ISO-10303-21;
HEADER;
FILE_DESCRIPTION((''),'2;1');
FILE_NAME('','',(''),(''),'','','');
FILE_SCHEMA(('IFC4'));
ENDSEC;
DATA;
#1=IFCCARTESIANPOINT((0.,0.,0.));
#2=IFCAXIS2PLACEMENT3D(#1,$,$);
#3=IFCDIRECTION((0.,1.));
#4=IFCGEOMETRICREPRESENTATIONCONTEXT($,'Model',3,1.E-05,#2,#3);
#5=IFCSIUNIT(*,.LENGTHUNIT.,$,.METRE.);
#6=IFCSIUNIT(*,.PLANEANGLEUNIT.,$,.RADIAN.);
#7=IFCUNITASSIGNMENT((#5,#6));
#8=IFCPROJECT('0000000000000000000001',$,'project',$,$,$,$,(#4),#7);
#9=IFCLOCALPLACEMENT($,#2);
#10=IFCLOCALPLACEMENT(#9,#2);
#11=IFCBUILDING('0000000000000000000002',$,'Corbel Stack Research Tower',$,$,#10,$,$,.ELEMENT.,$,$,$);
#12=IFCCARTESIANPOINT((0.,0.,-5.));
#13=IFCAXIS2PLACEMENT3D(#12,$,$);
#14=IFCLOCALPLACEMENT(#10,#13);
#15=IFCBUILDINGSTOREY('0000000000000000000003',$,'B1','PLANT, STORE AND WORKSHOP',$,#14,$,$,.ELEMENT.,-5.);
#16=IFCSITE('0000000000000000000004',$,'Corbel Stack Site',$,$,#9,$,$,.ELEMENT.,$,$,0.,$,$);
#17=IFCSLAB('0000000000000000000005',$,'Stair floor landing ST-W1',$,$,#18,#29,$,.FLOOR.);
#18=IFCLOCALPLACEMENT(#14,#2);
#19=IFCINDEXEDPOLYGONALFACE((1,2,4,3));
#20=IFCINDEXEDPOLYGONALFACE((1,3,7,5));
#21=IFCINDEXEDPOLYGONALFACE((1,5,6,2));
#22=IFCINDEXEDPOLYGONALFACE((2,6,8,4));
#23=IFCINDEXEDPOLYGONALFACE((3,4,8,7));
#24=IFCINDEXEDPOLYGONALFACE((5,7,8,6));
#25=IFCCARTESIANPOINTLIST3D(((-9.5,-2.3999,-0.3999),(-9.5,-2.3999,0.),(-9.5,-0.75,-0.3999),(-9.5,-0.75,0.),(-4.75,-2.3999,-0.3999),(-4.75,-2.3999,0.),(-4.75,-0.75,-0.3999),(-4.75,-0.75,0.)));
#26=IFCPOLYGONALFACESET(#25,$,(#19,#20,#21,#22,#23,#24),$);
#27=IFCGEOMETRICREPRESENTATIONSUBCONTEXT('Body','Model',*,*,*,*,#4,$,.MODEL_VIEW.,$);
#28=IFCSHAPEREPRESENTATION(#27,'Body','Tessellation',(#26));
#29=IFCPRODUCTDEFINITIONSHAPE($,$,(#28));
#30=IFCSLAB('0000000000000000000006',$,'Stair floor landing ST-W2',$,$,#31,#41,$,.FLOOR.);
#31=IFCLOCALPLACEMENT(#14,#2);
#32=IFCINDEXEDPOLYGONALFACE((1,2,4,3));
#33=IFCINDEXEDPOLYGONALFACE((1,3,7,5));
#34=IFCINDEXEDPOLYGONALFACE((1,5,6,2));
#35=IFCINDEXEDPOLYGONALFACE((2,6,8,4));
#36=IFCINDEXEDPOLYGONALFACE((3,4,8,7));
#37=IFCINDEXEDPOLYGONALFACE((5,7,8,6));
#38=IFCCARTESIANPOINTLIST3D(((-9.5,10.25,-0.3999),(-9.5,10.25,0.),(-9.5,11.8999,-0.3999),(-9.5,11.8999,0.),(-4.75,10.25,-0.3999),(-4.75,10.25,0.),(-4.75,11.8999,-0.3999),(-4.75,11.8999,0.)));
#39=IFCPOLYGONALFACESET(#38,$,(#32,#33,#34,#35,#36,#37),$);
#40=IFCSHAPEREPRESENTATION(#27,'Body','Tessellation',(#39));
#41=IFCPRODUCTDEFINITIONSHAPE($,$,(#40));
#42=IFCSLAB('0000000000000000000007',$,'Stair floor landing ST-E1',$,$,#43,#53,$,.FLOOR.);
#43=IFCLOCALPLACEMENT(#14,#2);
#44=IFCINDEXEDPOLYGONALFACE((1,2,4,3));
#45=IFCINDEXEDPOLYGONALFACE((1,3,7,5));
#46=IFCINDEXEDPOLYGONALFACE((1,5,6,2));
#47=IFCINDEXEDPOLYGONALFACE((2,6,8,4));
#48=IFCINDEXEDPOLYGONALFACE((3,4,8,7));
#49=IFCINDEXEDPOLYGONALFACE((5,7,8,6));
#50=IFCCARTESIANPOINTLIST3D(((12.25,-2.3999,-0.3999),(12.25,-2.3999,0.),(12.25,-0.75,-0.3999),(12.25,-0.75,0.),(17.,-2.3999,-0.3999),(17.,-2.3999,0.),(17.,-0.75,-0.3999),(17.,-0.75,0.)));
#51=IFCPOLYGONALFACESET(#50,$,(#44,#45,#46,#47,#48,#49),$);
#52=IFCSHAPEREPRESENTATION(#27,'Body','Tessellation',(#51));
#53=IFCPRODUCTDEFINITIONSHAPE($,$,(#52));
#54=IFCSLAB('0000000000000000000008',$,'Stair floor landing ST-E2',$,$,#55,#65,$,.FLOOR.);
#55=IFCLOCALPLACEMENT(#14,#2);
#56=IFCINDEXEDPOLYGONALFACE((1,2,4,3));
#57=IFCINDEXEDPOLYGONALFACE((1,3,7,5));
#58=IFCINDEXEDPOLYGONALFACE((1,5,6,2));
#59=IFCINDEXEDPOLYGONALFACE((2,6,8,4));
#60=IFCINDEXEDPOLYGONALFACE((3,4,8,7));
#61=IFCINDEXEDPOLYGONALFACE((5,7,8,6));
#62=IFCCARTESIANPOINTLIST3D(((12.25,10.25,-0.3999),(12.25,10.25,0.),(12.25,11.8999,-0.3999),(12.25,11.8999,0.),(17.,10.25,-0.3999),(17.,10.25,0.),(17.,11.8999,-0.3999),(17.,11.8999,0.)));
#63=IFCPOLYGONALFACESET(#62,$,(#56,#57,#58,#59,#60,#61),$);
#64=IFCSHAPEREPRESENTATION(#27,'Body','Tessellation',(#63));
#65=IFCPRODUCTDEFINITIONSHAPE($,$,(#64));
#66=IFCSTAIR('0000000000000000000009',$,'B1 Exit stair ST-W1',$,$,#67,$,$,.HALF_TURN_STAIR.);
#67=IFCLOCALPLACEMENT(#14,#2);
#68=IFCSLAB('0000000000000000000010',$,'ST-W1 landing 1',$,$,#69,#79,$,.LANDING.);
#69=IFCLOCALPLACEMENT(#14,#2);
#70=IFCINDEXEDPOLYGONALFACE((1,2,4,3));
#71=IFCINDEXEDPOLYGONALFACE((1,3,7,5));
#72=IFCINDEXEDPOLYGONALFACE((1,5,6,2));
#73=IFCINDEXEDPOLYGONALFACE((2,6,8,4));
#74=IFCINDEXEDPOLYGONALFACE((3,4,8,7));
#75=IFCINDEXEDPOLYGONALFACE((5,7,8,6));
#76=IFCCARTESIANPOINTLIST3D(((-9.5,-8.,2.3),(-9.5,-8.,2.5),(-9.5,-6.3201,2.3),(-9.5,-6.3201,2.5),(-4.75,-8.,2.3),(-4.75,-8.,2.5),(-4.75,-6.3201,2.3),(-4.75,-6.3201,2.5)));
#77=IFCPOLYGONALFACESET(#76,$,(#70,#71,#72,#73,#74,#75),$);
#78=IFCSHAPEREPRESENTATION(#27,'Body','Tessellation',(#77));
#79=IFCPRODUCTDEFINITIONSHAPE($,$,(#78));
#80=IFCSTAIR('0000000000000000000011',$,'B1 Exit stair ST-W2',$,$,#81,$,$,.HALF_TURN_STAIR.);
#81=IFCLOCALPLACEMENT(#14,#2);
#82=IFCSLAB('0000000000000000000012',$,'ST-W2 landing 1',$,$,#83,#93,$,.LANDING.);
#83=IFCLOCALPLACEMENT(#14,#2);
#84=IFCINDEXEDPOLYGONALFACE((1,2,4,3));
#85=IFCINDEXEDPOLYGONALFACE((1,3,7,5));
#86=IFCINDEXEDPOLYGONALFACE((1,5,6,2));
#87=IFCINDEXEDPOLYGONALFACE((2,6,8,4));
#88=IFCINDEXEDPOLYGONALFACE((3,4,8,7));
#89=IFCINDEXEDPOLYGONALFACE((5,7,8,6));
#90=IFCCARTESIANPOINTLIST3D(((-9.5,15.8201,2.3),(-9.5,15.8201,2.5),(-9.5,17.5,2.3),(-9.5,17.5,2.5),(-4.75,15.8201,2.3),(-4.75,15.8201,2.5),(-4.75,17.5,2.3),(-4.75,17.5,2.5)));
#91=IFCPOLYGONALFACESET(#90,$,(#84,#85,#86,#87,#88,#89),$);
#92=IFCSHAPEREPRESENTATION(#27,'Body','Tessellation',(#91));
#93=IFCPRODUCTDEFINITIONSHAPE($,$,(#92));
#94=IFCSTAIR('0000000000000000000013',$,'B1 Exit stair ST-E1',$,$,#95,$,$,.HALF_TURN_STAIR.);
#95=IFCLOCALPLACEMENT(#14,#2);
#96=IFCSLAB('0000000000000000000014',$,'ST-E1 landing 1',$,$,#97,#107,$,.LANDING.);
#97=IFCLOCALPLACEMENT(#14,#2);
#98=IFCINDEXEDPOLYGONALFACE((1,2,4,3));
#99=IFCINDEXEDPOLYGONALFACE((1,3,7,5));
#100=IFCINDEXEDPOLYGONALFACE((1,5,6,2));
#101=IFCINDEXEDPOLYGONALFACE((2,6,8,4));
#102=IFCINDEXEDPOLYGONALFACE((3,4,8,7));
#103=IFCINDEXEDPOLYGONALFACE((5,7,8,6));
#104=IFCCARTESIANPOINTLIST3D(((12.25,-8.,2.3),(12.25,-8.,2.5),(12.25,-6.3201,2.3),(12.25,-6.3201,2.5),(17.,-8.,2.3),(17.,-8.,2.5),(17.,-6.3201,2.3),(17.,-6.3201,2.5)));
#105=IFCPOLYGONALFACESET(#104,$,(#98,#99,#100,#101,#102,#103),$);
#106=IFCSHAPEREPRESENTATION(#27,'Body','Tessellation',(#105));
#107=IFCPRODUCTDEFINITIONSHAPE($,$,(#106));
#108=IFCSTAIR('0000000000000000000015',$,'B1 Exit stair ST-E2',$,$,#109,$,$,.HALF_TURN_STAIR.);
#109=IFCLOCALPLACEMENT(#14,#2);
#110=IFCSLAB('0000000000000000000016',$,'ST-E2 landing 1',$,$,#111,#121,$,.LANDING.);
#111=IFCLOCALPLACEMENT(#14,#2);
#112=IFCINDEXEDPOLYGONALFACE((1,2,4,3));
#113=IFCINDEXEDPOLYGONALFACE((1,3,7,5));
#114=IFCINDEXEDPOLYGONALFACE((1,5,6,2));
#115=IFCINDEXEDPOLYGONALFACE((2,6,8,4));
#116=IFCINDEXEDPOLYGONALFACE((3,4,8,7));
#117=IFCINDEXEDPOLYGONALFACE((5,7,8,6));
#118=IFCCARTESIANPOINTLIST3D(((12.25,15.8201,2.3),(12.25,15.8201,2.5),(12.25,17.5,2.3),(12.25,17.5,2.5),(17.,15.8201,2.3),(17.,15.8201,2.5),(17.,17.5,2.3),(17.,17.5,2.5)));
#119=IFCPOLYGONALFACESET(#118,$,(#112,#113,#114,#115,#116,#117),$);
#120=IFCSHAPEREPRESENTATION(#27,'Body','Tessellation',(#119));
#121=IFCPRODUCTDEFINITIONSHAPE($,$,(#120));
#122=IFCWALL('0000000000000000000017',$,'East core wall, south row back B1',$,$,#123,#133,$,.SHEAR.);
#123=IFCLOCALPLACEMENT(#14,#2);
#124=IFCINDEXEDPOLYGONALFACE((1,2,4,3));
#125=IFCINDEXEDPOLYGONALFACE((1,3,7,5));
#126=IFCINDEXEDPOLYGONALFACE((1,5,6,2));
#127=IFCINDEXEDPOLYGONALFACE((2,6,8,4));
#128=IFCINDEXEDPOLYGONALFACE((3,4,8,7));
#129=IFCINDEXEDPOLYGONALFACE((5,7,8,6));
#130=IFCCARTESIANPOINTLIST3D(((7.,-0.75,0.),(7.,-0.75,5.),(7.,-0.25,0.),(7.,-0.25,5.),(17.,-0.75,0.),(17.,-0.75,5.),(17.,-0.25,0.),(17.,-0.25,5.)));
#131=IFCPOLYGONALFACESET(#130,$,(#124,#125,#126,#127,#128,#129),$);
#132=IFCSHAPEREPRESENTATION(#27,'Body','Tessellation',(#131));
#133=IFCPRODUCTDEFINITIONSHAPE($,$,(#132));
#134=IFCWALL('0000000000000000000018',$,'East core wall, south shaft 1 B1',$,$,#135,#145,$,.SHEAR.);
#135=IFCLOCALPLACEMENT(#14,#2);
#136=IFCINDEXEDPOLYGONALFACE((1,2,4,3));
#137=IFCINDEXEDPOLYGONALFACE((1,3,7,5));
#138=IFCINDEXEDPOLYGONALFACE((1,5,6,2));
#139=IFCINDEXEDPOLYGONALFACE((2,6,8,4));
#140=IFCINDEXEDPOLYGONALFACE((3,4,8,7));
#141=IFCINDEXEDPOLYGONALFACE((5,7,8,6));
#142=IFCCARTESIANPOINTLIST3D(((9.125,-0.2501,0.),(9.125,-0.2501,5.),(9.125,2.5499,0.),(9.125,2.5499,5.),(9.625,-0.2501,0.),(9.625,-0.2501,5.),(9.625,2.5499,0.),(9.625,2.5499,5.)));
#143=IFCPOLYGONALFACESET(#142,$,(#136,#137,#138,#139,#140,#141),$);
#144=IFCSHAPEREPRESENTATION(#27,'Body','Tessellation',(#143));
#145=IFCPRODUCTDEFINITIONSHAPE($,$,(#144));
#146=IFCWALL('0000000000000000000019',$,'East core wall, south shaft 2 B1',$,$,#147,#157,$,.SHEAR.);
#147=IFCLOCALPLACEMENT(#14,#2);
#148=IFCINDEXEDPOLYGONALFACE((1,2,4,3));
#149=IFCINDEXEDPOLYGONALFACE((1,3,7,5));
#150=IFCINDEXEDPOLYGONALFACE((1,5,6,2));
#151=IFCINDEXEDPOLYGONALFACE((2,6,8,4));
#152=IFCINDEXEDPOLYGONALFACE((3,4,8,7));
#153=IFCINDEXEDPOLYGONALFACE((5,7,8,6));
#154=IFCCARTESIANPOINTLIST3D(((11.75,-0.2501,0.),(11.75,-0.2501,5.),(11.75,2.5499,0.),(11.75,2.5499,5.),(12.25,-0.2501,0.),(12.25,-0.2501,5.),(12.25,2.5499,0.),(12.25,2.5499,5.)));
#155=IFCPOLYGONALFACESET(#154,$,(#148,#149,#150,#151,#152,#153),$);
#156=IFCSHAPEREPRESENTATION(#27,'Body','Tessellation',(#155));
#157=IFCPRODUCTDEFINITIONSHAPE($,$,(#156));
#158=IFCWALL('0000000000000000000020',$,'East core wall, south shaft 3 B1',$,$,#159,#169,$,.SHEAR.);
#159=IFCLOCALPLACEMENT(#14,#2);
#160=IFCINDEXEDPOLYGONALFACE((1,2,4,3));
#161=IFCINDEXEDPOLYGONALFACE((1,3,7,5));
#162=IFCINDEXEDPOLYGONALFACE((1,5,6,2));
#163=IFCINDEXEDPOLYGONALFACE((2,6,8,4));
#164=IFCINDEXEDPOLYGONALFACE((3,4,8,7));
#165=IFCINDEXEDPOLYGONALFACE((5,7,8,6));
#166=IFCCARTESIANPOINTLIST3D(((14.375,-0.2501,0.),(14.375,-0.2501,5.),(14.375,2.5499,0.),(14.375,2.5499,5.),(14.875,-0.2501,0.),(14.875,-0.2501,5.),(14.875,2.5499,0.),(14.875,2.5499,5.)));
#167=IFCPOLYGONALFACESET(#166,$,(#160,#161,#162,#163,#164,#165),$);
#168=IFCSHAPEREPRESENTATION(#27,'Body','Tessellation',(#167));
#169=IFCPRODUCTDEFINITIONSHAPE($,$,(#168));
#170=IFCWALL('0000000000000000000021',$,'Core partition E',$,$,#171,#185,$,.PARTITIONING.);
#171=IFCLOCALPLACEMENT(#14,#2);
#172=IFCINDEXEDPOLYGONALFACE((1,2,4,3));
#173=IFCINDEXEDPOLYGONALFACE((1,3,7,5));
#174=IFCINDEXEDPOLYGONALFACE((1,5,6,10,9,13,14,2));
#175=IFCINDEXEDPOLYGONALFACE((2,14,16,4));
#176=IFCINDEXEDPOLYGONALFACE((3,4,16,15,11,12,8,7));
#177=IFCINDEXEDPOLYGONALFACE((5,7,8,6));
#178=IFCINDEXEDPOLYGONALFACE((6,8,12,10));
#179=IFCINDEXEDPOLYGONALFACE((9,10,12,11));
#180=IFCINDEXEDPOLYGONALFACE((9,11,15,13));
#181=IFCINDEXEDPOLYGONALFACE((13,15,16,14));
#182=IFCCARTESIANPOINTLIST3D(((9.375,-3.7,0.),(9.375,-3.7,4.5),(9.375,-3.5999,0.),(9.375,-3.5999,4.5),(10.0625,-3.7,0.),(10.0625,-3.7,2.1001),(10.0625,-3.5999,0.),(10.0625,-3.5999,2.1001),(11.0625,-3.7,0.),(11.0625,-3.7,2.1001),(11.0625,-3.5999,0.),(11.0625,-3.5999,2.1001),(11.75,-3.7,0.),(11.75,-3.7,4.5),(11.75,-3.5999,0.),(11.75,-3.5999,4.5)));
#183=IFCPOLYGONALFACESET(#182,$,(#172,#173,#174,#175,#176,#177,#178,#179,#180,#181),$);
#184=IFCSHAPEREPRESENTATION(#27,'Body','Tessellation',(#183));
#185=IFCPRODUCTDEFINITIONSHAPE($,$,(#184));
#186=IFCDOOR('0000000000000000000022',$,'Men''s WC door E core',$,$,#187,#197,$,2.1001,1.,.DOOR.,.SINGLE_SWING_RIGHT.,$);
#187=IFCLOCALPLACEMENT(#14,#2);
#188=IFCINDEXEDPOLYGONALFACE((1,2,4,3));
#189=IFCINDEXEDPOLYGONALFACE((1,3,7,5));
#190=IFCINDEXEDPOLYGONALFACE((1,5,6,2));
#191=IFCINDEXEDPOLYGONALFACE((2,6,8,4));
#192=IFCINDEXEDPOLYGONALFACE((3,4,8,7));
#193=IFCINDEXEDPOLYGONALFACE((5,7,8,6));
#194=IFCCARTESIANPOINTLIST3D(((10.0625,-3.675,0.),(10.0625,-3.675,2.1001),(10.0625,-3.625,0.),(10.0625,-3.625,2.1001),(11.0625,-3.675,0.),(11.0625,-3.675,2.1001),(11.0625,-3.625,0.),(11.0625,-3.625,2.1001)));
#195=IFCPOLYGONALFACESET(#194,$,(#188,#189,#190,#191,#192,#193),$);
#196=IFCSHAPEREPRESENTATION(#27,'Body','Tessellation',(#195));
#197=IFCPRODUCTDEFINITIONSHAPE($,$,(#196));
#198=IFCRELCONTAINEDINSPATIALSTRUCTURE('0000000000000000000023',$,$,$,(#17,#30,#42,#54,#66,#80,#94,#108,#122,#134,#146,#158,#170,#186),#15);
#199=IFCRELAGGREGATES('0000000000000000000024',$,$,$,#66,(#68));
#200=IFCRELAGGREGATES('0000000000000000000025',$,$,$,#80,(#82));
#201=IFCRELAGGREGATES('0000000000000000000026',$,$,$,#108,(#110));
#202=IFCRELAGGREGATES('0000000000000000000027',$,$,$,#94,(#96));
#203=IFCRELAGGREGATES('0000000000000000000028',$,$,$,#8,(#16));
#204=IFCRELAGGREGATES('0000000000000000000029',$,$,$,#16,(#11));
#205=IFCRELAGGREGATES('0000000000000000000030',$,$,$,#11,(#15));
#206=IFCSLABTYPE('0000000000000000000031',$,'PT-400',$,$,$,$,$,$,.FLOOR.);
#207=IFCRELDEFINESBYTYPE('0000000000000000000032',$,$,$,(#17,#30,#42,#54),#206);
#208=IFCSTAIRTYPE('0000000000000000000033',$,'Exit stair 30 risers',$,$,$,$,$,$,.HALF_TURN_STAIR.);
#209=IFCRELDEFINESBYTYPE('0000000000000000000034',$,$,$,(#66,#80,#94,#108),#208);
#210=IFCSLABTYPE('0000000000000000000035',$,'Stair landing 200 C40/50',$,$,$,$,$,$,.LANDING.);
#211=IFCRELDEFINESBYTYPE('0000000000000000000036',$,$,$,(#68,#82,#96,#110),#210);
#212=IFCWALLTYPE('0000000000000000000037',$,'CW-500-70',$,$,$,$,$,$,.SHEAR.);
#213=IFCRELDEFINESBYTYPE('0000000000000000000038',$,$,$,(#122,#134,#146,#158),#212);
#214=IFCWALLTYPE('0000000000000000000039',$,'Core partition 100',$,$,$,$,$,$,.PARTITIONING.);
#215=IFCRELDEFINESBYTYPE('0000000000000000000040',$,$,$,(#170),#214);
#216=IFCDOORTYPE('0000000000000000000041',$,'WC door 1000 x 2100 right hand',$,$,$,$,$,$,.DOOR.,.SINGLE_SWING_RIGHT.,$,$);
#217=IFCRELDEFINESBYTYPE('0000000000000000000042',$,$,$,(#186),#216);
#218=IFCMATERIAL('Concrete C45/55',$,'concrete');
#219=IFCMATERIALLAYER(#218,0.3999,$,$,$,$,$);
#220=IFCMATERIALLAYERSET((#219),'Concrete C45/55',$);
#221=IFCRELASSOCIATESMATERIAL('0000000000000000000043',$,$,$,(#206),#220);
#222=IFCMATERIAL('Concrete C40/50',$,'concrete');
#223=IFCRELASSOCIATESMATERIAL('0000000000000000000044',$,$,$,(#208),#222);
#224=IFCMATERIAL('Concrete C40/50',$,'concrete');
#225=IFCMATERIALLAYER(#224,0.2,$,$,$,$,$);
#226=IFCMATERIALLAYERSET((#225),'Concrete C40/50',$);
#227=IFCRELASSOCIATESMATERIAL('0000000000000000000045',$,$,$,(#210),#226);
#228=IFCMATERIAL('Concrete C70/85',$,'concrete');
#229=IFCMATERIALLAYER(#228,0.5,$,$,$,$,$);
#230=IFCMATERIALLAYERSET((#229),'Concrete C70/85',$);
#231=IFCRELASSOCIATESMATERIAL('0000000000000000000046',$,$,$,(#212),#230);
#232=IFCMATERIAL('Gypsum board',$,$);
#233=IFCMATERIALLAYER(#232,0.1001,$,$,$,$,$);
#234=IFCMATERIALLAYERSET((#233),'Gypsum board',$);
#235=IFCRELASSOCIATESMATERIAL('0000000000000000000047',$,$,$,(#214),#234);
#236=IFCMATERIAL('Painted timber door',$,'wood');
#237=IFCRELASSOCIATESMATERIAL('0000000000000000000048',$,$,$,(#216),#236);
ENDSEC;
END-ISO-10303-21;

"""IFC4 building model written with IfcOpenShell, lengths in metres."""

from ifc_helpers import new_model, si_unit, direction, frame, frame_2d, origin, place, context, subcontext, project, spatial, polyline, rectangle, outline, extrude, material, layer, layer_set, type_object, element, fill, aggregate, save


model = new_model("IFC4")

# Units and contexts
model_context = context("Model", 3, precision=1e-05, world=origin(), true_north=direction((0.0, 1.0)))
body_context = subcontext(model_context, "Body", "Model", "MODEL_VIEW")
ifc_project = project(units=[si_unit("LENGTHUNIT", "METRE"), si_unit("PLANEANGLEUNIT", "RADIAN")], contexts=[model_context])

# Site, building, storey
site_placement = place(None, origin())
site = spatial("IfcSite", under=ifc_project, at=site_placement, Name="Corbel Stack Site", CompositionType="ELEMENT", RefElevation=0.0)
building_placement = place(site_placement, origin())
building = spatial("IfcBuilding", under=site, at=building_placement, Name="Corbel Stack Research Tower", CompositionType="ELEMENT")
storey_placement = place(building_placement, frame((0.0, 0.0, -5.0)))
storey = spatial("IfcBuildingStorey", under=building, at=storey_placement, Name="B1", Description="PLANT, STORE AND WORKSHOP", CompositionType="ELEMENT", Elevation=-5.0)

# Slabs
ifc_material_1 = material(Name="Concrete C45/55", Category="concrete")
ifc_layer_1 = layer(ifc_material_1, 0.3999)
ifc_layer_set_1 = layer_set([ifc_layer_1], Name="Concrete C45/55")
slab_type_1 = type_object("IfcSlabType", Name="PT-400", PredefinedType="FLOOR", material=ifc_layer_set_1)
slab_1_placement = place(storey_placement, frame((0.0, 0.0, -0.3999)))
element("IfcSlab", 1, at=slab_1_placement, inside=storey, type_object=slab_type_1, Name="Stair floor landing ST-W1", PredefinedType="FLOOR", context=body_context, shape_type="SweptSolid", body=[
    extrude(outline(polyline([(-9.5, -2.3999), (-4.75, -2.3999), (-4.75, -0.75), (-9.5, -0.75), (-9.5, -2.3999)])), origin(), (0.0, 0.0, 1.0), 0.3999),
])
slab_2_placement = place(storey_placement, frame((0.0, 0.0, -0.3999)))
element("IfcSlab", 2, at=slab_2_placement, inside=storey, type_object=slab_type_1, Name="Stair floor landing ST-W2", PredefinedType="FLOOR", context=body_context, shape_type="SweptSolid", body=[
    extrude(outline(polyline([(-9.5, 10.25), (-4.75, 10.25), (-4.75, 11.8999), (-9.5, 11.8999), (-9.5, 10.25)])), origin(), (0.0, 0.0, 1.0), 0.3999),
])
slab_3_placement = place(storey_placement, frame((0.0, 0.0, -0.3999)))
element("IfcSlab", 3, at=slab_3_placement, inside=storey, type_object=slab_type_1, Name="Stair floor landing ST-E1", PredefinedType="FLOOR", context=body_context, shape_type="SweptSolid", body=[
    extrude(outline(polyline([(12.25, -2.3999), (17.0, -2.3999), (17.0, -0.75), (12.25, -0.75), (12.25, -2.3999)])), origin(), (0.0, 0.0, 1.0), 0.3999),
])
slab_4_placement = place(storey_placement, frame((0.0, 0.0, -0.3999)))
element("IfcSlab", 4, at=slab_4_placement, inside=storey, type_object=slab_type_1, Name="Stair floor landing ST-E2", PredefinedType="FLOOR", context=body_context, shape_type="SweptSolid", body=[
    extrude(outline(polyline([(12.25, 10.25), (17.0, 10.25), (17.0, 11.8999), (12.25, 11.8999), (12.25, 10.25)])), origin(), (0.0, 0.0, 1.0), 0.3999),
])

# Stairs, slabs
ifc_material_2 = material(Name="Concrete C40/50", Category="concrete")
stair_type = type_object("IfcStairType", Name="Exit stair 30 risers", PredefinedType="HALF_TURN_STAIR", material=ifc_material_2)
stair_1_placement = place(storey_placement, origin())
stair_1 = element("IfcStair", 5, at=stair_1_placement, inside=storey, type_object=stair_type, Name="B1 Exit stair ST-W1", PredefinedType="HALF_TURN_STAIR")
ifc_material_3 = material(Name="Concrete C40/50", Category="concrete")
ifc_layer_2 = layer(ifc_material_3, 0.2)
ifc_layer_set_2 = layer_set([ifc_layer_2], Name="Concrete C40/50")
slab_type_2 = type_object("IfcSlabType", Name="Stair landing 200 C40/50", PredefinedType="LANDING", material=ifc_layer_set_2)
slab_5_placement = place(storey_placement, frame((0.0, 0.0, 2.3)))
slab_5 = element("IfcSlab", 6, at=slab_5_placement, type_object=slab_type_2, Name="ST-W1 landing 1", PredefinedType="LANDING", context=body_context, shape_type="SweptSolid", body=[
    extrude(outline(polyline([(-9.5, -8.0), (-9.5, -6.3201), (-4.75, -6.3201), (-4.75, -8.0), (-9.5, -8.0)])), origin(), (0.0, 0.0, 1.0), 0.2),
])
aggregate(stair_1, [slab_5])
stair_2_placement = place(storey_placement, origin())
stair_2 = element("IfcStair", 7, at=stair_2_placement, inside=storey, type_object=stair_type, Name="B1 Exit stair ST-W2", PredefinedType="HALF_TURN_STAIR")
slab_6_placement = place(storey_placement, frame((0.0, 0.0, 2.3)))
slab_6 = element("IfcSlab", 8, at=slab_6_placement, type_object=slab_type_2, Name="ST-W2 landing 1", PredefinedType="LANDING", context=body_context, shape_type="SweptSolid", body=[
    extrude(outline(polyline([(-9.5, 15.8201), (-9.5, 17.5), (-4.75, 17.5), (-4.75, 15.8201), (-9.5, 15.8201)])), origin(), (0.0, 0.0, 1.0), 0.2),
])
aggregate(stair_2, [slab_6])
stair_3_placement = place(storey_placement, origin())
stair_3 = element("IfcStair", 9, at=stair_3_placement, inside=storey, type_object=stair_type, Name="B1 Exit stair ST-E1", PredefinedType="HALF_TURN_STAIR")
slab_7_placement = place(storey_placement, frame((0.0, 0.0, 2.3)))
slab_7 = element("IfcSlab", 10, at=slab_7_placement, type_object=slab_type_2, Name="ST-E1 landing 1", PredefinedType="LANDING", context=body_context, shape_type="SweptSolid", body=[
    extrude(outline(polyline([(12.25, -8.0), (12.25, -6.3201), (17.0, -6.3201), (17.0, -8.0), (12.25, -8.0)])), origin(), (0.0, 0.0, 1.0), 0.2),
])
stair_4_placement = place(storey_placement, origin())
stair_4 = element("IfcStair", 11, at=stair_4_placement, inside=storey, type_object=stair_type, Name="B1 Exit stair ST-E2", PredefinedType="HALF_TURN_STAIR")
slab_8_placement = place(storey_placement, frame((0.0, 0.0, 2.3)))
slab_8 = element("IfcSlab", 12, at=slab_8_placement, type_object=slab_type_2, Name="ST-E2 landing 1", PredefinedType="LANDING", context=body_context, shape_type="SweptSolid", body=[
    extrude(outline(polyline([(12.25, 15.8201), (12.25, 17.5), (17.0, 17.5), (17.0, 15.8201), (12.25, 15.8201)])), origin(), (0.0, 0.0, 1.0), 0.2),
])
aggregate(stair_4, [slab_8])

# Walls
ifc_material_4 = material(Name="Concrete C70/85", Category="concrete")
ifc_layer_3 = layer(ifc_material_4, 0.5)
ifc_layer_set_3 = layer_set([ifc_layer_3], Name="Concrete C70/85")
wall_type_1 = type_object("IfcWallType", Name="CW-500-70", PredefinedType="SHEAR", material=ifc_layer_set_3)
wall_1_placement = place(storey_placement, frame((7.0, -0.5, 0.0), z_axis=(0.0, 0.0, 1.0), x_axis=(1.0, 0.0, 0.0)))
element("IfcWall", 13, at=wall_1_placement, inside=storey, type_object=wall_type_1, Name="East core wall, south row back B1", PredefinedType="SHEAR", context=body_context, shape_type="SweptSolid", body=[
    extrude(rectangle(XDim=10.0, YDim=0.5, at=frame_2d((5.0, 0.0))), origin(), (0.0, 0.0, 1.0), 5.0),
])
for number, where, z_axis, x_axis, name in (
    (14, (9.375, -0.25, 0.0), (0.0, 0.0, 1.0), (0.0, 1.0, 0.0), "East core wall, south shaft 1 B1"),
    (15, (12.0, -0.25, 0.0), (0.0, 0.0, 1.0), (0.0, 1.0, 0.0), "East core wall, south shaft 2 B1"),
    (16, (14.625, -0.25, 0.0), (0.0, 0.0, 1.0), (0.0, 1.0, 0.0), "East core wall, south shaft 3 B1"),
):
    element("IfcWall", number, at=place(storey_placement, frame(where, z_axis=z_axis, x_axis=x_axis)), inside=storey, type_object=wall_type_1, Name=name, PredefinedType="SHEAR", context=body_context, shape_type="SweptSolid", body=[
        extrude(rectangle(XDim=2.8, YDim=0.5, at=frame_2d((1.3999, 0.0))), origin(), (0.0, 0.0, 1.0), 5.0),
    ])

# Wall, opening, door
ifc_material_5 = material(Name="Gypsum board")
ifc_layer_4 = layer(ifc_material_5, 0.1001)
ifc_layer_set_4 = layer_set([ifc_layer_4], Name="Gypsum board")
wall_type_2 = type_object("IfcWallType", Name="Core partition 100", PredefinedType="PARTITIONING", material=ifc_layer_set_4)
wall_2_placement = place(storey_placement, frame((9.375, -3.6499, 0.0), z_axis=(0.0, 0.0, 1.0), x_axis=(1.0, 0.0, 0.0)))
wall_2 = element("IfcWall", 17, at=wall_2_placement, inside=storey, type_object=wall_type_2, Name="Core partition E", PredefinedType="PARTITIONING", context=body_context, shape_type="SweptSolid", body=[
    extrude(rectangle(XDim=2.375, YDim=0.1001, at=frame_2d((1.1875, 0.0))), origin(), (0.0, 0.0, 1.0), 4.5),
])
opening_1_placement = place(wall_2_placement, frame((0.6875, 0.0, 0.0)))
opening_1 = element("IfcOpeningElement", 18, at=opening_1_placement, cuts=wall_2, PredefinedType="OPENING", context=body_context, shape_type="SweptSolid", body=[
    extrude(rectangle(XDim=1.0, YDim=2.1001, at=frame_2d((0.5, 1.05))), frame((0.0, 0.0601, 0.0), z_axis=(0.0, -1.0, 0.0), x_axis=(1.0, 0.0, 0.0)), (0.0, 0.0, 1.0), 0.1201),
])
ifc_material_6 = material(Name="Painted timber door", Category="wood")
door_type_1 = type_object("IfcDoorType", Name="WC door 1000 x 2100 right hand", OperationType="SINGLE_SWING_RIGHT", PredefinedType="DOOR", material=ifc_material_6)
door_1_placement = place(opening_1_placement, origin())
door_1 = element("IfcDoor", 19, at=door_1_placement, inside=storey, type_object=door_type_1, Name="Men's WC door E core", OperationType="SINGLE_SWING_RIGHT", OverallHeight=2.1001, OverallWidth=1.0, PredefinedType="DOOR", context=body_context, shape_type="SweptSolid", body=[
    extrude(rectangle(XDim=1.0, YDim=2.1001, at=frame_2d((0.5, 1.05))), frame((0.0, 0.0249, 0.0), z_axis=(0.0, -1.0, 0.0), x_axis=(1.0, 0.0, 0.0)), (0.0, 0.0, 1.0), 0.05),
])
fill(opening_1, door_1)

aggregate(stair_3, [slab_7])

save(model, "model.ifc")
